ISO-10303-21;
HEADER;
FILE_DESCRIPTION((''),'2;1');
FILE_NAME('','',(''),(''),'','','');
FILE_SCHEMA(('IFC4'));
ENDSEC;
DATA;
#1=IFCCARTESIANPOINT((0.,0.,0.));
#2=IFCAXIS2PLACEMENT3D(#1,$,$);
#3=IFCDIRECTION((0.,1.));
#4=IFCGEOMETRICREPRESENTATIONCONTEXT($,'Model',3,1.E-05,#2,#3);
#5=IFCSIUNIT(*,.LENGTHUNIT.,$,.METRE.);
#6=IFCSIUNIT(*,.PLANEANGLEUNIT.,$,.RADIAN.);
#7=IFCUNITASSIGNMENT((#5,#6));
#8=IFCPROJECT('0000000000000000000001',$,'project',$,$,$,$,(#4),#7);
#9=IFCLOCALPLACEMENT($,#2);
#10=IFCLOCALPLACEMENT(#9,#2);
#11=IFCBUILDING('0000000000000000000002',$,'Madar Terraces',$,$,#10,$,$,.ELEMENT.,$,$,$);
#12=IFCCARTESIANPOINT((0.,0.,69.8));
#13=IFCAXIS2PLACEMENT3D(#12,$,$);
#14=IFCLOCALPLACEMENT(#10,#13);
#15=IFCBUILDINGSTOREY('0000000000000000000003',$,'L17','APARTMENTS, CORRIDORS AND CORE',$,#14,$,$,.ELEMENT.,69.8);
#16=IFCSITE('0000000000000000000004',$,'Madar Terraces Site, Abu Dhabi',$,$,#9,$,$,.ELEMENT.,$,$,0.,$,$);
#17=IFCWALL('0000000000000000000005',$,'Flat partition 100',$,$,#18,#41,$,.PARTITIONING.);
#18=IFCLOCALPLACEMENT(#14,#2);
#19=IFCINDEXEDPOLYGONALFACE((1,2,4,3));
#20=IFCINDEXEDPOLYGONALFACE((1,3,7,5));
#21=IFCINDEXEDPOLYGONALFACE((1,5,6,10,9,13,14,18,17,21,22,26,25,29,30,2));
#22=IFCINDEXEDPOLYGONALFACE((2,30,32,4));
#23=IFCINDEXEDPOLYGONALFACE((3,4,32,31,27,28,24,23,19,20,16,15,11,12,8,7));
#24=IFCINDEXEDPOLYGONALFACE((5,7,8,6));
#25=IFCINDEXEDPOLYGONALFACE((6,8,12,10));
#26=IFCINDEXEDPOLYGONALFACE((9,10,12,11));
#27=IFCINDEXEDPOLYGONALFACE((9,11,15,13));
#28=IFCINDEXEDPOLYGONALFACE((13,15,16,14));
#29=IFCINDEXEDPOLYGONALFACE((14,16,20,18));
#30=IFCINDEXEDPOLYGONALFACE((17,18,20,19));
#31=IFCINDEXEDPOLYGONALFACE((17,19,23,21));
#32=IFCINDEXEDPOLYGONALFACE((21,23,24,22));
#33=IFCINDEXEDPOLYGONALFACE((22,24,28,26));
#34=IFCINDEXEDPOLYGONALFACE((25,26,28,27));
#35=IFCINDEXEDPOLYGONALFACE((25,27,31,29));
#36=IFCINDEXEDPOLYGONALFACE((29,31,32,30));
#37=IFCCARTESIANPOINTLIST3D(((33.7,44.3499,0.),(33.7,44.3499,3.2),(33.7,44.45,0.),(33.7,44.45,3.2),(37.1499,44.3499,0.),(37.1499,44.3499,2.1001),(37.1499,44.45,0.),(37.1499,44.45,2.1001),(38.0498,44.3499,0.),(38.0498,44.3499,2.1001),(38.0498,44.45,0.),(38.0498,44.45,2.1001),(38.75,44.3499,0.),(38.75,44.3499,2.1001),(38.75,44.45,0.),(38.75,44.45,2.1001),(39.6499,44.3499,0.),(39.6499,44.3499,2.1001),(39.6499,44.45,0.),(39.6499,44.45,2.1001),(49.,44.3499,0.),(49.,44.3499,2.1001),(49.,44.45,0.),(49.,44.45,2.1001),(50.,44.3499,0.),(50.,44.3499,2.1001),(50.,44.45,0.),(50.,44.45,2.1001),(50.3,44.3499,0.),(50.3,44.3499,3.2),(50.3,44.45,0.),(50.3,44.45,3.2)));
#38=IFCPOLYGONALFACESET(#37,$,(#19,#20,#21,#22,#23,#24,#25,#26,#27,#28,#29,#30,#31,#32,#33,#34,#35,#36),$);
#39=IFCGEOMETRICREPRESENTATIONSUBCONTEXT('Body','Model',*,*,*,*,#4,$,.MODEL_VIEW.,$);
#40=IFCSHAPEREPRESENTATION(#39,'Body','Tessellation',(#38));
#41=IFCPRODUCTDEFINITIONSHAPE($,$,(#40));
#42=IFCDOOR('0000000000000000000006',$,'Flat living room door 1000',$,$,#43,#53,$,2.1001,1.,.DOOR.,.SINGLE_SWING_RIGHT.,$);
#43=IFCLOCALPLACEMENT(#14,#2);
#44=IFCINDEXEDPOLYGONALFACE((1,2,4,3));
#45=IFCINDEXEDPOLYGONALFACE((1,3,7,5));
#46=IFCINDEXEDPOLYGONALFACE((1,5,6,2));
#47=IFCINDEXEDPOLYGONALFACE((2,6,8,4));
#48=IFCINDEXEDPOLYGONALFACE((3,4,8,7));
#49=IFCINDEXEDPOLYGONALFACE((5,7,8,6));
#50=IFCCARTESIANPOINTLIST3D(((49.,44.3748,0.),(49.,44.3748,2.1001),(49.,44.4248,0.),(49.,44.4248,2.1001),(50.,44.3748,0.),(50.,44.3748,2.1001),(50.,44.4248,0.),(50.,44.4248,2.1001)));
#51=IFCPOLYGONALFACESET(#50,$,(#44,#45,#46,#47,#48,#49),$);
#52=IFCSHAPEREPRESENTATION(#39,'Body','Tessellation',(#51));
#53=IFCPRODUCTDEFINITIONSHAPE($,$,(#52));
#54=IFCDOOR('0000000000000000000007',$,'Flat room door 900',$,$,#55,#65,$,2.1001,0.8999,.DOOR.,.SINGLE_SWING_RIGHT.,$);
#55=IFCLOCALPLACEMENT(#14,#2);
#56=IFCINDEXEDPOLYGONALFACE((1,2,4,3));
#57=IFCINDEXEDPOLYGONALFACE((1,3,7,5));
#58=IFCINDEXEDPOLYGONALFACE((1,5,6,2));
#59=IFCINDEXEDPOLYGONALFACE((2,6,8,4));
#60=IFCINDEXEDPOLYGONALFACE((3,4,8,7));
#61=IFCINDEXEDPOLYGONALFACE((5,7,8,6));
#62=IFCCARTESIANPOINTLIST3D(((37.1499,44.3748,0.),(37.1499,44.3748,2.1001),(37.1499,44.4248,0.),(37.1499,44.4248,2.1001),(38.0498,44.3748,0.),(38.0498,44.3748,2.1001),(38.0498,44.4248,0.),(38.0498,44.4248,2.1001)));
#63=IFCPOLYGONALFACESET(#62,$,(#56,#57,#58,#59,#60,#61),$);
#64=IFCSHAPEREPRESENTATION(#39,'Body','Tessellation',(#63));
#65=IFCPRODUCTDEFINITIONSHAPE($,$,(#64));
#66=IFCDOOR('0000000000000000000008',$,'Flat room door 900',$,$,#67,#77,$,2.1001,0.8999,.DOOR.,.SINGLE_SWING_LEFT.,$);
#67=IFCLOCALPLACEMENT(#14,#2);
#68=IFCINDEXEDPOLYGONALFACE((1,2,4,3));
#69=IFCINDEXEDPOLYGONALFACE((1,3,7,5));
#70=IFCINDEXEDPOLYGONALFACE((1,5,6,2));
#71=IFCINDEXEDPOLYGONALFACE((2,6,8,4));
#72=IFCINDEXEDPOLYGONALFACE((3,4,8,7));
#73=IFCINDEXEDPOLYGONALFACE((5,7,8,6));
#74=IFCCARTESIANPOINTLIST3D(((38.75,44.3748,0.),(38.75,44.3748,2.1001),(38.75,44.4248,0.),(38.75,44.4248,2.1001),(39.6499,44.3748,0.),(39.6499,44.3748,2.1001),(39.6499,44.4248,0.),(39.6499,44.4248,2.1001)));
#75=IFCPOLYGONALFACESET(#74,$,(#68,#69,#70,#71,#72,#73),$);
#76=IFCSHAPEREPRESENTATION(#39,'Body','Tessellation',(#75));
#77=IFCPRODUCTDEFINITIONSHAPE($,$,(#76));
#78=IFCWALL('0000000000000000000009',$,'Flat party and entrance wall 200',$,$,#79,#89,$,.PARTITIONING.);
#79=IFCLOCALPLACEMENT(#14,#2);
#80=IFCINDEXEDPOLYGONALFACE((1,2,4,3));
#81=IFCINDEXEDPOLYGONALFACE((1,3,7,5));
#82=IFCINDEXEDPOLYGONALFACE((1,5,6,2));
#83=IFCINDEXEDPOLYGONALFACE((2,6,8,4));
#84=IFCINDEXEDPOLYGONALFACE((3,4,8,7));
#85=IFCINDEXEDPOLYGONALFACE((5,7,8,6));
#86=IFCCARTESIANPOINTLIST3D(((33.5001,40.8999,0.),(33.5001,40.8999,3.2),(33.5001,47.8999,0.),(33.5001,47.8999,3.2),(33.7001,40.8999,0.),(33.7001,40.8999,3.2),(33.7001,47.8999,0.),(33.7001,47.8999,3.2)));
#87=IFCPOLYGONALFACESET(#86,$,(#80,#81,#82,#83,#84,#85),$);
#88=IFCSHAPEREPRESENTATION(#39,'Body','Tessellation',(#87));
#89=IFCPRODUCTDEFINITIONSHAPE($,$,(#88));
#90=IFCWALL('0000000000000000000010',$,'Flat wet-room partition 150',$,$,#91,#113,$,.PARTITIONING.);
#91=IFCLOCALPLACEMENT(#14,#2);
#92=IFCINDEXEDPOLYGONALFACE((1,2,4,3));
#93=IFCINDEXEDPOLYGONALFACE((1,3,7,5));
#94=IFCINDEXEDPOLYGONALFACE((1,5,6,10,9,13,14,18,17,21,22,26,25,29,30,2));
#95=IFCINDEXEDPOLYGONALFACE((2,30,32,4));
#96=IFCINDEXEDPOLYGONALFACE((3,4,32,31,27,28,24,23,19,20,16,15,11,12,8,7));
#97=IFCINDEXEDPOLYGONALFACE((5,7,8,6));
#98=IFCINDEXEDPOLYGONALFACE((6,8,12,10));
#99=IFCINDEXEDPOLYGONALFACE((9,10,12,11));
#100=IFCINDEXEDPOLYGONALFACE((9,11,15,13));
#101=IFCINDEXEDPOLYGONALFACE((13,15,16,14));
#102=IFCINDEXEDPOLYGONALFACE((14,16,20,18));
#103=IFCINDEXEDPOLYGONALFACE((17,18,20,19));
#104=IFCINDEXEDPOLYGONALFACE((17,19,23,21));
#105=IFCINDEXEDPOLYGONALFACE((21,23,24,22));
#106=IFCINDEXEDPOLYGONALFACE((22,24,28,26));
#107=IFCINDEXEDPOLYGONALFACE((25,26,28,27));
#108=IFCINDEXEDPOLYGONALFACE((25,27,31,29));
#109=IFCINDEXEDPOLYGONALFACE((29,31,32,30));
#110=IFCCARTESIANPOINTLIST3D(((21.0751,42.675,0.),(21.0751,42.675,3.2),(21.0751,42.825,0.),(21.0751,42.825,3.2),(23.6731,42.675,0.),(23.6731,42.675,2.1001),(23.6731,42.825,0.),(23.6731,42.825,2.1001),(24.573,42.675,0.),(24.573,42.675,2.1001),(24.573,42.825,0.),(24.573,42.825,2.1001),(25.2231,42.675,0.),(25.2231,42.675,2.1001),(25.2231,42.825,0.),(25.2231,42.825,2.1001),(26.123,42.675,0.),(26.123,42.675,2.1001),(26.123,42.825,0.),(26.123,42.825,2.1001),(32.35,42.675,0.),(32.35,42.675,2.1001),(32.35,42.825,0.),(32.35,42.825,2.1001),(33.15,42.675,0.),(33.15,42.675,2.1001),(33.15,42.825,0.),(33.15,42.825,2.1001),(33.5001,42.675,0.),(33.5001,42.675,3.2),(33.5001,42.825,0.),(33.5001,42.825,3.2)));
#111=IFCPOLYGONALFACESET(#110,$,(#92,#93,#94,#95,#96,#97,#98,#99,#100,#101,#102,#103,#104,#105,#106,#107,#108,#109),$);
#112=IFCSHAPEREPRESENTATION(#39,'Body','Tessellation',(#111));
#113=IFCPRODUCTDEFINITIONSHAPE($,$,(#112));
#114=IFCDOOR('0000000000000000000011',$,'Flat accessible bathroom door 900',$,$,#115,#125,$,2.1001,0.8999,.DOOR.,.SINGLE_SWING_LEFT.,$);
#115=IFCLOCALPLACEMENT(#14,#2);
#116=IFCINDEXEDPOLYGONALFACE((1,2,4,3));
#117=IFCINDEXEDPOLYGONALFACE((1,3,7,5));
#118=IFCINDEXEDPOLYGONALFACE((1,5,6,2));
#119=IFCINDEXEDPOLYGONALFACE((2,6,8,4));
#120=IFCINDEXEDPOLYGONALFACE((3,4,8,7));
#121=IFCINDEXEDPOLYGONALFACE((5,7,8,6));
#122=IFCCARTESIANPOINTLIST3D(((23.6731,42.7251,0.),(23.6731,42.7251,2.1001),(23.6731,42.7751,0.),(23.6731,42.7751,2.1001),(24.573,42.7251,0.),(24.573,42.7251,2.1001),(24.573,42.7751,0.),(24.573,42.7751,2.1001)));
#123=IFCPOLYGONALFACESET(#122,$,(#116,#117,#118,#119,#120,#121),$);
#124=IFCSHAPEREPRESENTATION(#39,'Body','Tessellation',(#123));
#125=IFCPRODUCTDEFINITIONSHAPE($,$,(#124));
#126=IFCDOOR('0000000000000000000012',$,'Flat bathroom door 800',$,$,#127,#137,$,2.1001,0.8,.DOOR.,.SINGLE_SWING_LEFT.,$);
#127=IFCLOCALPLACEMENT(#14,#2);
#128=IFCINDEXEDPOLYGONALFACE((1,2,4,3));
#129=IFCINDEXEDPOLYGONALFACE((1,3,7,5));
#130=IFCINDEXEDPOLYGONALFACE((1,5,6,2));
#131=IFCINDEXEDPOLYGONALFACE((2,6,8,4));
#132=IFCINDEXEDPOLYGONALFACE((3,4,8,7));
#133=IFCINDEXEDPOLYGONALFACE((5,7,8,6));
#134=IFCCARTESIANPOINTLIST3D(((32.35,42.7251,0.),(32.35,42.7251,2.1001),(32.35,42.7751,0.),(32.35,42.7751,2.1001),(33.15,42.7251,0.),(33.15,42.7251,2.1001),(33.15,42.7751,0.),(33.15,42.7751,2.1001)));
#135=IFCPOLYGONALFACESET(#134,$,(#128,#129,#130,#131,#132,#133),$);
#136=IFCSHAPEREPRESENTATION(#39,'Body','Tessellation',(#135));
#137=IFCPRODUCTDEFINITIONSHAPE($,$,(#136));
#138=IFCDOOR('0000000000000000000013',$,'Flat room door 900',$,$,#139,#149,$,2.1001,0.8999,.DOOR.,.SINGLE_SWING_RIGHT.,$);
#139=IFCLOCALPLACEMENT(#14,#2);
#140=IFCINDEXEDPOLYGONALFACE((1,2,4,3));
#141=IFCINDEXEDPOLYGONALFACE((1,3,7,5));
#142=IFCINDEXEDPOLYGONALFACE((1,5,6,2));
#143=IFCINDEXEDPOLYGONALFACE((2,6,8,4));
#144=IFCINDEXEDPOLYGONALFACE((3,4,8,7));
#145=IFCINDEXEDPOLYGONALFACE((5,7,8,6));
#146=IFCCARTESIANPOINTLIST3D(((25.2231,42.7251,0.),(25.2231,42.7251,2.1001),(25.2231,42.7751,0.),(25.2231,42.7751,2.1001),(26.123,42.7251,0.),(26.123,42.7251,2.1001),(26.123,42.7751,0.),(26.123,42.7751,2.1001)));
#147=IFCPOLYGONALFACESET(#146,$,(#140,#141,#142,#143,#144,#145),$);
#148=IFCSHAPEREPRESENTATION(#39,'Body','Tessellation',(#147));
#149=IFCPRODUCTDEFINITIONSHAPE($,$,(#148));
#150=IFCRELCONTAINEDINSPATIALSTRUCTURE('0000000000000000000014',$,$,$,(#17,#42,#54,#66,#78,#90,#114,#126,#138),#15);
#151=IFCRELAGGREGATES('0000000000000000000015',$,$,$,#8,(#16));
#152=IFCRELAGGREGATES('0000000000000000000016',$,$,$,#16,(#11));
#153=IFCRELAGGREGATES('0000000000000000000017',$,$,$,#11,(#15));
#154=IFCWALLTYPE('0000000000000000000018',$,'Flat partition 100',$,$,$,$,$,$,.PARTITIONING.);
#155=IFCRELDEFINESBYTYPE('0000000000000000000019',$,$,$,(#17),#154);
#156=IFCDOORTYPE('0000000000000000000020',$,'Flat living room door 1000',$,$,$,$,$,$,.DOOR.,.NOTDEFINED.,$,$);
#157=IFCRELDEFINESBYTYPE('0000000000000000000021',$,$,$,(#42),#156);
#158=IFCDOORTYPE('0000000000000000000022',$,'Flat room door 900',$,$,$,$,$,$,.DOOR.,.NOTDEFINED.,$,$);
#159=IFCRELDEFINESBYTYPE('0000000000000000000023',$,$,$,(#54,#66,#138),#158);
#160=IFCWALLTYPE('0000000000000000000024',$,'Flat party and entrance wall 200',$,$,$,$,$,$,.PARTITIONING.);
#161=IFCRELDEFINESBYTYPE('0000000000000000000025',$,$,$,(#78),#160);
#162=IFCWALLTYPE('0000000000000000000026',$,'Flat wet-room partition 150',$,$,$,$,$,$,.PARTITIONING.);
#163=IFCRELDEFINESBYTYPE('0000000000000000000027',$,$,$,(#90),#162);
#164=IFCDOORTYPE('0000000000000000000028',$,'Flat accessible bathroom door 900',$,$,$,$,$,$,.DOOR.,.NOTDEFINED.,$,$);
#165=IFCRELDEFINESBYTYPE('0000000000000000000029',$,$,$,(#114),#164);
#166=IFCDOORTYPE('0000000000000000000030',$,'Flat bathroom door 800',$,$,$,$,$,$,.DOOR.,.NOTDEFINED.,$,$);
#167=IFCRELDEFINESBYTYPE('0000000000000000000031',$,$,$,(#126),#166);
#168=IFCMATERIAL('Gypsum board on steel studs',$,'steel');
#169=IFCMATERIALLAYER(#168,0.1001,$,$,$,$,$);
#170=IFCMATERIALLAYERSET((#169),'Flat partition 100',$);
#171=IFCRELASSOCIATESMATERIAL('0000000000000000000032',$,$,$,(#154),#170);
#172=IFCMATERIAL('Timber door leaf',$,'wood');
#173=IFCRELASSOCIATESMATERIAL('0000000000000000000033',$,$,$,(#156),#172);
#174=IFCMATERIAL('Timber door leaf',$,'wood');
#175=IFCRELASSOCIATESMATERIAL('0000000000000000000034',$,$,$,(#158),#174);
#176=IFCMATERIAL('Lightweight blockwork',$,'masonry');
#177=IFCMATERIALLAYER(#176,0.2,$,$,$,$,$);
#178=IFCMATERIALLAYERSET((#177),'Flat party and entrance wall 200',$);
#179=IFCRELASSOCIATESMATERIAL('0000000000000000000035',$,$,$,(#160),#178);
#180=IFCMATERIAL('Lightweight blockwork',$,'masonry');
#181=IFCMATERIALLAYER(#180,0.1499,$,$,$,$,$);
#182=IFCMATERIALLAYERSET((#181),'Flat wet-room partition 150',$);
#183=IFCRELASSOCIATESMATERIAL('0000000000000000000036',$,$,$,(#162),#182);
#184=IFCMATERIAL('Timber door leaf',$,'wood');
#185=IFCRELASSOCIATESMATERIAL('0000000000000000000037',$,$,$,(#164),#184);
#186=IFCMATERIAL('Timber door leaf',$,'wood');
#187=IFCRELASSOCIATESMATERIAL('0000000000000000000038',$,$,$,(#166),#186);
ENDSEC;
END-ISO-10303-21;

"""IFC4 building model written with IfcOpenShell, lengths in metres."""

from ifc_helpers import new_model, si_unit, direction, frame, frame_2d, origin, place, context, subcontext, project, spatial, rectangle, extrude, material, layer, layer_set, type_object, element, fill, save


model = new_model("IFC4")

# Units and contexts
model_context = context("Model", 3, precision=1e-05, world=origin(), true_north=direction((0.0, 1.0)))
body_context = subcontext(model_context, "Body", "Model", "MODEL_VIEW")
ifc_project = project(units=[si_unit("LENGTHUNIT", "METRE"), si_unit("PLANEANGLEUNIT", "RADIAN")], contexts=[model_context])

# Site, building, storey
site_placement = place(None, origin())
site = spatial("IfcSite", under=ifc_project, at=site_placement, Name="Madar Terraces Site, Abu Dhabi", CompositionType="ELEMENT", RefElevation=0.0)
building_placement = place(site_placement, origin())
building = spatial("IfcBuilding", under=site, at=building_placement, Name="Madar Terraces", CompositionType="ELEMENT")
storey_placement = place(building_placement, frame((0.0, 0.0, 69.8)))
storey = spatial("IfcBuildingStorey", under=building, at=storey_placement, Name="L17", Description="APARTMENTS, CORRIDORS AND CORE", CompositionType="ELEMENT", Elevation=69.8)

# Shared definitions
ifc_material_1 = material(Name="Gypsum board on steel studs", Category="steel")
ifc_layer_1 = layer(ifc_material_1, 0.1001)
ifc_layer_set_1 = layer_set([ifc_layer_1], Name="Flat partition 100")
wall_type_1 = type_object("IfcWallType", Name="Flat partition 100", PredefinedType="PARTITIONING", material=ifc_layer_set_1)

# Wall, openings, doors
wall_1_placement = place(storey_placement, frame((33.7, 44.3999, 0.0), z_axis=(0.0, 0.0, 1.0), x_axis=(1.0, 0.0, 0.0)))
wall_1 = element("IfcWall", 1, at=wall_1_placement, inside=storey, type_object=wall_type_1, Name="Flat partition 100", PredefinedType="PARTITIONING", context=body_context, shape_type="SweptSolid", body=[
    extrude(rectangle(XDim=16.6001, YDim=0.1001, at=frame_2d((8.3, 0.0))), origin(), (0.0, 0.0, 1.0), 3.2),
])
opening_1_placement = place(wall_1_placement, frame((3.45, 0.0, 0.0)))
opening_1 = element("IfcOpeningElement", 2, at=opening_1_placement, cuts=wall_1, PredefinedType="OPENING", context=body_context, shape_type="SweptSolid", body=[
    extrude(rectangle(XDim=0.8999, YDim=2.1001, at=frame_2d((0.45, 1.05))), frame((0.0, 0.0601, 0.0), z_axis=(0.0, -1.0, 0.0), x_axis=(1.0, 0.0, 0.0)), (0.0, 0.0, 1.0), 0.1201),
])
opening_2_placement = place(wall_1_placement, frame((5.05, 0.0, 0.0)))
opening_2 = element("IfcOpeningElement", 3, at=opening_2_placement, cuts=wall_1, PredefinedType="OPENING", context=body_context, shape_type="SweptSolid", body=[
    extrude(rectangle(XDim=0.8999, YDim=2.1001, at=frame_2d((0.45, 1.05))), frame((0.0, 0.0601, 0.0), z_axis=(0.0, -1.0, 0.0), x_axis=(1.0, 0.0, 0.0)), (0.0, 0.0, 1.0), 0.1201),
])
opening_3_placement = place(wall_1_placement, frame((15.3, 0.0, 0.0)))
opening_3 = element("IfcOpeningElement", 4, at=opening_3_placement, cuts=wall_1, PredefinedType="OPENING", context=body_context, shape_type="SweptSolid", body=[
    extrude(rectangle(XDim=1.0, YDim=2.1001, at=frame_2d((0.5, 1.05))), frame((0.0, 0.0601, 0.0), z_axis=(0.0, -1.0, 0.0), x_axis=(1.0, 0.0, 0.0)), (0.0, 0.0, 1.0), 0.1201),
])
ifc_material_2 = material(Name="Timber door leaf", Category="wood")
door_type_1 = type_object("IfcDoorType", Name="Flat living room door 1000", OperationType="NOTDEFINED", PredefinedType="DOOR", material=ifc_material_2)
door_1_placement = place(opening_3_placement, origin())
door_1 = element("IfcDoor", 5, at=door_1_placement, inside=storey, type_object=door_type_1, Name="Flat living room door 1000", OperationType="SINGLE_SWING_RIGHT", OverallHeight=2.1001, OverallWidth=1.0, PredefinedType="DOOR", context=body_context, shape_type="SweptSolid", body=[
    extrude(rectangle(XDim=1.0, YDim=2.1001, at=frame_2d((0.5, 1.05))), frame((0.0, 0.0249, 0.0), z_axis=(0.0, -1.0, 0.0), x_axis=(1.0, 0.0, 0.0)), (0.0, 0.0, 1.0), 0.05),
])
fill(opening_3, door_1)
ifc_material_3 = material(Name="Timber door leaf", Category="wood")
door_type_2 = type_object("IfcDoorType", Name="Flat room door 900", OperationType="NOTDEFINED", PredefinedType="DOOR", material=ifc_material_3)
door_2_placement = place(opening_1_placement, origin())
door_2 = element("IfcDoor", 6, at=door_2_placement, inside=storey, type_object=door_type_2, Name="Flat room door 900", OperationType="SINGLE_SWING_RIGHT", OverallHeight=2.1001, OverallWidth=0.8999, PredefinedType="DOOR", context=body_context, shape_type="SweptSolid", body=[
    extrude(rectangle(XDim=0.8999, YDim=2.1001, at=frame_2d((0.45, 1.05))), frame((0.0, 0.0249, 0.0), z_axis=(0.0, -1.0, 0.0), x_axis=(1.0, 0.0, 0.0)), (0.0, 0.0, 1.0), 0.05),
])
fill(opening_1, door_2)
door_3_placement = place(opening_2_placement, origin())
door_3 = element("IfcDoor", 7, at=door_3_placement, inside=storey, type_object=door_type_2, Name="Flat room door 900", OperationType="SINGLE_SWING_LEFT", OverallHeight=2.1001, OverallWidth=0.8999, PredefinedType="DOOR", context=body_context, shape_type="SweptSolid", body=[
    extrude(rectangle(XDim=0.8999, YDim=2.1001, at=frame_2d((0.45, 1.05))), frame((0.0, 0.0249, 0.0), z_axis=(0.0, -1.0, 0.0), x_axis=(1.0, 0.0, 0.0)), (0.0, 0.0, 1.0), 0.05),
])
fill(opening_2, door_3)

# Wall
ifc_material_4 = material(Name="Lightweight blockwork", Category="masonry")
ifc_layer_2 = layer(ifc_material_4, 0.2)
ifc_layer_set_2 = layer_set([ifc_layer_2], Name="Flat party and entrance wall 200")
wall_type_2 = type_object("IfcWallType", Name="Flat party and entrance wall 200", PredefinedType="PARTITIONING", material=ifc_layer_set_2)
wall_2_placement = place(storey_placement, frame((33.6001, 47.8999, 0.0), z_axis=(0.0, 0.0, 1.0), x_axis=(0.0, -1.0, 0.0)))
element("IfcWall", 8, at=wall_2_placement, inside=storey, type_object=wall_type_2, Name="Flat party and entrance wall 200", PredefinedType="PARTITIONING", context=body_context, shape_type="SweptSolid", body=[
    extrude(rectangle(XDim=7.0, YDim=0.2, at=frame_2d((3.5, 0.0))), origin(), (0.0, 0.0, 1.0), 3.2),
])

# Wall, openings, doors
ifc_material_5 = material(Name="Lightweight blockwork", Category="masonry")
ifc_layer_3 = layer(ifc_material_5, 0.1499)
ifc_layer_set_3 = layer_set([ifc_layer_3], Name="Flat wet-room partition 150")
wall_type_3 = type_object("IfcWallType", Name="Flat wet-room partition 150", PredefinedType="PARTITIONING", material=ifc_layer_set_3)
wall_3_placement = place(storey_placement, frame((33.5, 42.75, 0.0), z_axis=(0.0, 0.0, 1.0), x_axis=(-1.0, 0.0, 0.0)))
wall_3 = element("IfcWall", 9, at=wall_3_placement, inside=storey, type_object=wall_type_3, Name="Flat wet-room partition 150", PredefinedType="PARTITIONING", context=body_context, shape_type="SweptSolid", body=[
    extrude(rectangle(XDim=12.425, YDim=0.1499, at=frame_2d((6.2124, 0.0))), origin(), (0.0, 0.0, 1.0), 3.2),
])
opening_4_placement = place(wall_3_placement, frame((8.927, 0.0, 0.0)))
opening_4 = element("IfcOpeningElement", 10, at=opening_4_placement, cuts=wall_3, PredefinedType="OPENING", context=body_context, shape_type="SweptSolid", body=[
    extrude(rectangle(XDim=0.8999, YDim=2.1001, at=frame_2d((0.45, 1.05))), frame((0.0, 0.085, 0.0), z_axis=(0.0, -1.0, 0.0), x_axis=(1.0, 0.0, 0.0)), (0.0, 0.0, 1.0), 0.1699),
])
opening_5_placement = place(wall_3_placement, frame((7.377, 0.0, 0.0)))
opening_5 = element("IfcOpeningElement", 11, at=opening_5_placement, cuts=wall_3, PredefinedType="OPENING", context=body_context, shape_type="SweptSolid", body=[
    extrude(rectangle(XDim=0.8999, YDim=2.1001, at=frame_2d((0.45, 1.05))), frame((0.0, 0.085, 0.0), z_axis=(0.0, -1.0, 0.0), x_axis=(1.0, 0.0, 0.0)), (0.0, 0.0, 1.0), 0.1699),
])
opening_6_placement = place(wall_3_placement, frame((0.3501, 0.0, 0.0)))
opening_6 = element("IfcOpeningElement", 12, at=opening_6_placement, cuts=wall_3, PredefinedType="OPENING", context=body_context, shape_type="SweptSolid", body=[
    extrude(rectangle(XDim=0.8, YDim=2.1001, at=frame_2d((0.3999, 1.05))), frame((0.0, 0.085, 0.0), z_axis=(0.0, -1.0, 0.0), x_axis=(1.0, 0.0, 0.0)), (0.0, 0.0, 1.0), 0.1699),
])
ifc_material_6 = material(Name="Timber door leaf", Category="wood")
door_type_3 = type_object("IfcDoorType", Name="Flat accessible bathroom door 900", OperationType="NOTDEFINED", PredefinedType="DOOR", material=ifc_material_6)
door_4_placement = place(opening_4_placement, origin())
door_4 = element("IfcDoor", 13, at=door_4_placement, inside=storey, type_object=door_type_3, Name="Flat accessible bathroom door 900", OperationType="SINGLE_SWING_LEFT", OverallHeight=2.1001, OverallWidth=0.8999, PredefinedType="DOOR", context=body_context, shape_type="SweptSolid", body=[
    extrude(rectangle(XDim=0.8999, YDim=2.1001, at=frame_2d((0.45, 1.05))), frame((0.0, 0.0249, 0.0), z_axis=(0.0, -1.0, 0.0), x_axis=(1.0, 0.0, 0.0)), (0.0, 0.0, 1.0), 0.05),
])
fill(opening_4, door_4)
ifc_material_7 = material(Name="Timber door leaf", Category="wood")
door_type_4 = type_object("IfcDoorType", Name="Flat bathroom door 800", OperationType="NOTDEFINED", PredefinedType="DOOR", material=ifc_material_7)
door_5_placement = place(opening_6_placement, origin())
door_5 = element("IfcDoor", 14, at=door_5_placement, inside=storey, type_object=door_type_4, Name="Flat bathroom door 800", OperationType="SINGLE_SWING_LEFT", OverallHeight=2.1001, OverallWidth=0.8, PredefinedType="DOOR", context=body_context, shape_type="SweptSolid", body=[
    extrude(rectangle(XDim=0.8, YDim=2.1001, at=frame_2d((0.3999, 1.05))), frame((0.0, 0.0249, 0.0), z_axis=(0.0, -1.0, 0.0), x_axis=(1.0, 0.0, 0.0)), (0.0, 0.0, 1.0), 0.05),
])
fill(opening_6, door_5)
door_6_placement = place(opening_5_placement, origin())
door_6 = element("IfcDoor", 15, at=door_6_placement, inside=storey, type_object=door_type_2, Name="Flat room door 900", OperationType="SINGLE_SWING_RIGHT", OverallHeight=2.1001, OverallWidth=0.8999, PredefinedType="DOOR", context=body_context, shape_type="SweptSolid", body=[
    extrude(rectangle(XDim=0.8999, YDim=2.1001, at=frame_2d((0.45, 1.05))), frame((0.0, 0.0249, 0.0), z_axis=(0.0, -1.0, 0.0), x_axis=(1.0, 0.0, 0.0)), (0.0, 0.0, 1.0), 0.05),
])
fill(opening_5, door_6)

save(model, "model.ifc")
